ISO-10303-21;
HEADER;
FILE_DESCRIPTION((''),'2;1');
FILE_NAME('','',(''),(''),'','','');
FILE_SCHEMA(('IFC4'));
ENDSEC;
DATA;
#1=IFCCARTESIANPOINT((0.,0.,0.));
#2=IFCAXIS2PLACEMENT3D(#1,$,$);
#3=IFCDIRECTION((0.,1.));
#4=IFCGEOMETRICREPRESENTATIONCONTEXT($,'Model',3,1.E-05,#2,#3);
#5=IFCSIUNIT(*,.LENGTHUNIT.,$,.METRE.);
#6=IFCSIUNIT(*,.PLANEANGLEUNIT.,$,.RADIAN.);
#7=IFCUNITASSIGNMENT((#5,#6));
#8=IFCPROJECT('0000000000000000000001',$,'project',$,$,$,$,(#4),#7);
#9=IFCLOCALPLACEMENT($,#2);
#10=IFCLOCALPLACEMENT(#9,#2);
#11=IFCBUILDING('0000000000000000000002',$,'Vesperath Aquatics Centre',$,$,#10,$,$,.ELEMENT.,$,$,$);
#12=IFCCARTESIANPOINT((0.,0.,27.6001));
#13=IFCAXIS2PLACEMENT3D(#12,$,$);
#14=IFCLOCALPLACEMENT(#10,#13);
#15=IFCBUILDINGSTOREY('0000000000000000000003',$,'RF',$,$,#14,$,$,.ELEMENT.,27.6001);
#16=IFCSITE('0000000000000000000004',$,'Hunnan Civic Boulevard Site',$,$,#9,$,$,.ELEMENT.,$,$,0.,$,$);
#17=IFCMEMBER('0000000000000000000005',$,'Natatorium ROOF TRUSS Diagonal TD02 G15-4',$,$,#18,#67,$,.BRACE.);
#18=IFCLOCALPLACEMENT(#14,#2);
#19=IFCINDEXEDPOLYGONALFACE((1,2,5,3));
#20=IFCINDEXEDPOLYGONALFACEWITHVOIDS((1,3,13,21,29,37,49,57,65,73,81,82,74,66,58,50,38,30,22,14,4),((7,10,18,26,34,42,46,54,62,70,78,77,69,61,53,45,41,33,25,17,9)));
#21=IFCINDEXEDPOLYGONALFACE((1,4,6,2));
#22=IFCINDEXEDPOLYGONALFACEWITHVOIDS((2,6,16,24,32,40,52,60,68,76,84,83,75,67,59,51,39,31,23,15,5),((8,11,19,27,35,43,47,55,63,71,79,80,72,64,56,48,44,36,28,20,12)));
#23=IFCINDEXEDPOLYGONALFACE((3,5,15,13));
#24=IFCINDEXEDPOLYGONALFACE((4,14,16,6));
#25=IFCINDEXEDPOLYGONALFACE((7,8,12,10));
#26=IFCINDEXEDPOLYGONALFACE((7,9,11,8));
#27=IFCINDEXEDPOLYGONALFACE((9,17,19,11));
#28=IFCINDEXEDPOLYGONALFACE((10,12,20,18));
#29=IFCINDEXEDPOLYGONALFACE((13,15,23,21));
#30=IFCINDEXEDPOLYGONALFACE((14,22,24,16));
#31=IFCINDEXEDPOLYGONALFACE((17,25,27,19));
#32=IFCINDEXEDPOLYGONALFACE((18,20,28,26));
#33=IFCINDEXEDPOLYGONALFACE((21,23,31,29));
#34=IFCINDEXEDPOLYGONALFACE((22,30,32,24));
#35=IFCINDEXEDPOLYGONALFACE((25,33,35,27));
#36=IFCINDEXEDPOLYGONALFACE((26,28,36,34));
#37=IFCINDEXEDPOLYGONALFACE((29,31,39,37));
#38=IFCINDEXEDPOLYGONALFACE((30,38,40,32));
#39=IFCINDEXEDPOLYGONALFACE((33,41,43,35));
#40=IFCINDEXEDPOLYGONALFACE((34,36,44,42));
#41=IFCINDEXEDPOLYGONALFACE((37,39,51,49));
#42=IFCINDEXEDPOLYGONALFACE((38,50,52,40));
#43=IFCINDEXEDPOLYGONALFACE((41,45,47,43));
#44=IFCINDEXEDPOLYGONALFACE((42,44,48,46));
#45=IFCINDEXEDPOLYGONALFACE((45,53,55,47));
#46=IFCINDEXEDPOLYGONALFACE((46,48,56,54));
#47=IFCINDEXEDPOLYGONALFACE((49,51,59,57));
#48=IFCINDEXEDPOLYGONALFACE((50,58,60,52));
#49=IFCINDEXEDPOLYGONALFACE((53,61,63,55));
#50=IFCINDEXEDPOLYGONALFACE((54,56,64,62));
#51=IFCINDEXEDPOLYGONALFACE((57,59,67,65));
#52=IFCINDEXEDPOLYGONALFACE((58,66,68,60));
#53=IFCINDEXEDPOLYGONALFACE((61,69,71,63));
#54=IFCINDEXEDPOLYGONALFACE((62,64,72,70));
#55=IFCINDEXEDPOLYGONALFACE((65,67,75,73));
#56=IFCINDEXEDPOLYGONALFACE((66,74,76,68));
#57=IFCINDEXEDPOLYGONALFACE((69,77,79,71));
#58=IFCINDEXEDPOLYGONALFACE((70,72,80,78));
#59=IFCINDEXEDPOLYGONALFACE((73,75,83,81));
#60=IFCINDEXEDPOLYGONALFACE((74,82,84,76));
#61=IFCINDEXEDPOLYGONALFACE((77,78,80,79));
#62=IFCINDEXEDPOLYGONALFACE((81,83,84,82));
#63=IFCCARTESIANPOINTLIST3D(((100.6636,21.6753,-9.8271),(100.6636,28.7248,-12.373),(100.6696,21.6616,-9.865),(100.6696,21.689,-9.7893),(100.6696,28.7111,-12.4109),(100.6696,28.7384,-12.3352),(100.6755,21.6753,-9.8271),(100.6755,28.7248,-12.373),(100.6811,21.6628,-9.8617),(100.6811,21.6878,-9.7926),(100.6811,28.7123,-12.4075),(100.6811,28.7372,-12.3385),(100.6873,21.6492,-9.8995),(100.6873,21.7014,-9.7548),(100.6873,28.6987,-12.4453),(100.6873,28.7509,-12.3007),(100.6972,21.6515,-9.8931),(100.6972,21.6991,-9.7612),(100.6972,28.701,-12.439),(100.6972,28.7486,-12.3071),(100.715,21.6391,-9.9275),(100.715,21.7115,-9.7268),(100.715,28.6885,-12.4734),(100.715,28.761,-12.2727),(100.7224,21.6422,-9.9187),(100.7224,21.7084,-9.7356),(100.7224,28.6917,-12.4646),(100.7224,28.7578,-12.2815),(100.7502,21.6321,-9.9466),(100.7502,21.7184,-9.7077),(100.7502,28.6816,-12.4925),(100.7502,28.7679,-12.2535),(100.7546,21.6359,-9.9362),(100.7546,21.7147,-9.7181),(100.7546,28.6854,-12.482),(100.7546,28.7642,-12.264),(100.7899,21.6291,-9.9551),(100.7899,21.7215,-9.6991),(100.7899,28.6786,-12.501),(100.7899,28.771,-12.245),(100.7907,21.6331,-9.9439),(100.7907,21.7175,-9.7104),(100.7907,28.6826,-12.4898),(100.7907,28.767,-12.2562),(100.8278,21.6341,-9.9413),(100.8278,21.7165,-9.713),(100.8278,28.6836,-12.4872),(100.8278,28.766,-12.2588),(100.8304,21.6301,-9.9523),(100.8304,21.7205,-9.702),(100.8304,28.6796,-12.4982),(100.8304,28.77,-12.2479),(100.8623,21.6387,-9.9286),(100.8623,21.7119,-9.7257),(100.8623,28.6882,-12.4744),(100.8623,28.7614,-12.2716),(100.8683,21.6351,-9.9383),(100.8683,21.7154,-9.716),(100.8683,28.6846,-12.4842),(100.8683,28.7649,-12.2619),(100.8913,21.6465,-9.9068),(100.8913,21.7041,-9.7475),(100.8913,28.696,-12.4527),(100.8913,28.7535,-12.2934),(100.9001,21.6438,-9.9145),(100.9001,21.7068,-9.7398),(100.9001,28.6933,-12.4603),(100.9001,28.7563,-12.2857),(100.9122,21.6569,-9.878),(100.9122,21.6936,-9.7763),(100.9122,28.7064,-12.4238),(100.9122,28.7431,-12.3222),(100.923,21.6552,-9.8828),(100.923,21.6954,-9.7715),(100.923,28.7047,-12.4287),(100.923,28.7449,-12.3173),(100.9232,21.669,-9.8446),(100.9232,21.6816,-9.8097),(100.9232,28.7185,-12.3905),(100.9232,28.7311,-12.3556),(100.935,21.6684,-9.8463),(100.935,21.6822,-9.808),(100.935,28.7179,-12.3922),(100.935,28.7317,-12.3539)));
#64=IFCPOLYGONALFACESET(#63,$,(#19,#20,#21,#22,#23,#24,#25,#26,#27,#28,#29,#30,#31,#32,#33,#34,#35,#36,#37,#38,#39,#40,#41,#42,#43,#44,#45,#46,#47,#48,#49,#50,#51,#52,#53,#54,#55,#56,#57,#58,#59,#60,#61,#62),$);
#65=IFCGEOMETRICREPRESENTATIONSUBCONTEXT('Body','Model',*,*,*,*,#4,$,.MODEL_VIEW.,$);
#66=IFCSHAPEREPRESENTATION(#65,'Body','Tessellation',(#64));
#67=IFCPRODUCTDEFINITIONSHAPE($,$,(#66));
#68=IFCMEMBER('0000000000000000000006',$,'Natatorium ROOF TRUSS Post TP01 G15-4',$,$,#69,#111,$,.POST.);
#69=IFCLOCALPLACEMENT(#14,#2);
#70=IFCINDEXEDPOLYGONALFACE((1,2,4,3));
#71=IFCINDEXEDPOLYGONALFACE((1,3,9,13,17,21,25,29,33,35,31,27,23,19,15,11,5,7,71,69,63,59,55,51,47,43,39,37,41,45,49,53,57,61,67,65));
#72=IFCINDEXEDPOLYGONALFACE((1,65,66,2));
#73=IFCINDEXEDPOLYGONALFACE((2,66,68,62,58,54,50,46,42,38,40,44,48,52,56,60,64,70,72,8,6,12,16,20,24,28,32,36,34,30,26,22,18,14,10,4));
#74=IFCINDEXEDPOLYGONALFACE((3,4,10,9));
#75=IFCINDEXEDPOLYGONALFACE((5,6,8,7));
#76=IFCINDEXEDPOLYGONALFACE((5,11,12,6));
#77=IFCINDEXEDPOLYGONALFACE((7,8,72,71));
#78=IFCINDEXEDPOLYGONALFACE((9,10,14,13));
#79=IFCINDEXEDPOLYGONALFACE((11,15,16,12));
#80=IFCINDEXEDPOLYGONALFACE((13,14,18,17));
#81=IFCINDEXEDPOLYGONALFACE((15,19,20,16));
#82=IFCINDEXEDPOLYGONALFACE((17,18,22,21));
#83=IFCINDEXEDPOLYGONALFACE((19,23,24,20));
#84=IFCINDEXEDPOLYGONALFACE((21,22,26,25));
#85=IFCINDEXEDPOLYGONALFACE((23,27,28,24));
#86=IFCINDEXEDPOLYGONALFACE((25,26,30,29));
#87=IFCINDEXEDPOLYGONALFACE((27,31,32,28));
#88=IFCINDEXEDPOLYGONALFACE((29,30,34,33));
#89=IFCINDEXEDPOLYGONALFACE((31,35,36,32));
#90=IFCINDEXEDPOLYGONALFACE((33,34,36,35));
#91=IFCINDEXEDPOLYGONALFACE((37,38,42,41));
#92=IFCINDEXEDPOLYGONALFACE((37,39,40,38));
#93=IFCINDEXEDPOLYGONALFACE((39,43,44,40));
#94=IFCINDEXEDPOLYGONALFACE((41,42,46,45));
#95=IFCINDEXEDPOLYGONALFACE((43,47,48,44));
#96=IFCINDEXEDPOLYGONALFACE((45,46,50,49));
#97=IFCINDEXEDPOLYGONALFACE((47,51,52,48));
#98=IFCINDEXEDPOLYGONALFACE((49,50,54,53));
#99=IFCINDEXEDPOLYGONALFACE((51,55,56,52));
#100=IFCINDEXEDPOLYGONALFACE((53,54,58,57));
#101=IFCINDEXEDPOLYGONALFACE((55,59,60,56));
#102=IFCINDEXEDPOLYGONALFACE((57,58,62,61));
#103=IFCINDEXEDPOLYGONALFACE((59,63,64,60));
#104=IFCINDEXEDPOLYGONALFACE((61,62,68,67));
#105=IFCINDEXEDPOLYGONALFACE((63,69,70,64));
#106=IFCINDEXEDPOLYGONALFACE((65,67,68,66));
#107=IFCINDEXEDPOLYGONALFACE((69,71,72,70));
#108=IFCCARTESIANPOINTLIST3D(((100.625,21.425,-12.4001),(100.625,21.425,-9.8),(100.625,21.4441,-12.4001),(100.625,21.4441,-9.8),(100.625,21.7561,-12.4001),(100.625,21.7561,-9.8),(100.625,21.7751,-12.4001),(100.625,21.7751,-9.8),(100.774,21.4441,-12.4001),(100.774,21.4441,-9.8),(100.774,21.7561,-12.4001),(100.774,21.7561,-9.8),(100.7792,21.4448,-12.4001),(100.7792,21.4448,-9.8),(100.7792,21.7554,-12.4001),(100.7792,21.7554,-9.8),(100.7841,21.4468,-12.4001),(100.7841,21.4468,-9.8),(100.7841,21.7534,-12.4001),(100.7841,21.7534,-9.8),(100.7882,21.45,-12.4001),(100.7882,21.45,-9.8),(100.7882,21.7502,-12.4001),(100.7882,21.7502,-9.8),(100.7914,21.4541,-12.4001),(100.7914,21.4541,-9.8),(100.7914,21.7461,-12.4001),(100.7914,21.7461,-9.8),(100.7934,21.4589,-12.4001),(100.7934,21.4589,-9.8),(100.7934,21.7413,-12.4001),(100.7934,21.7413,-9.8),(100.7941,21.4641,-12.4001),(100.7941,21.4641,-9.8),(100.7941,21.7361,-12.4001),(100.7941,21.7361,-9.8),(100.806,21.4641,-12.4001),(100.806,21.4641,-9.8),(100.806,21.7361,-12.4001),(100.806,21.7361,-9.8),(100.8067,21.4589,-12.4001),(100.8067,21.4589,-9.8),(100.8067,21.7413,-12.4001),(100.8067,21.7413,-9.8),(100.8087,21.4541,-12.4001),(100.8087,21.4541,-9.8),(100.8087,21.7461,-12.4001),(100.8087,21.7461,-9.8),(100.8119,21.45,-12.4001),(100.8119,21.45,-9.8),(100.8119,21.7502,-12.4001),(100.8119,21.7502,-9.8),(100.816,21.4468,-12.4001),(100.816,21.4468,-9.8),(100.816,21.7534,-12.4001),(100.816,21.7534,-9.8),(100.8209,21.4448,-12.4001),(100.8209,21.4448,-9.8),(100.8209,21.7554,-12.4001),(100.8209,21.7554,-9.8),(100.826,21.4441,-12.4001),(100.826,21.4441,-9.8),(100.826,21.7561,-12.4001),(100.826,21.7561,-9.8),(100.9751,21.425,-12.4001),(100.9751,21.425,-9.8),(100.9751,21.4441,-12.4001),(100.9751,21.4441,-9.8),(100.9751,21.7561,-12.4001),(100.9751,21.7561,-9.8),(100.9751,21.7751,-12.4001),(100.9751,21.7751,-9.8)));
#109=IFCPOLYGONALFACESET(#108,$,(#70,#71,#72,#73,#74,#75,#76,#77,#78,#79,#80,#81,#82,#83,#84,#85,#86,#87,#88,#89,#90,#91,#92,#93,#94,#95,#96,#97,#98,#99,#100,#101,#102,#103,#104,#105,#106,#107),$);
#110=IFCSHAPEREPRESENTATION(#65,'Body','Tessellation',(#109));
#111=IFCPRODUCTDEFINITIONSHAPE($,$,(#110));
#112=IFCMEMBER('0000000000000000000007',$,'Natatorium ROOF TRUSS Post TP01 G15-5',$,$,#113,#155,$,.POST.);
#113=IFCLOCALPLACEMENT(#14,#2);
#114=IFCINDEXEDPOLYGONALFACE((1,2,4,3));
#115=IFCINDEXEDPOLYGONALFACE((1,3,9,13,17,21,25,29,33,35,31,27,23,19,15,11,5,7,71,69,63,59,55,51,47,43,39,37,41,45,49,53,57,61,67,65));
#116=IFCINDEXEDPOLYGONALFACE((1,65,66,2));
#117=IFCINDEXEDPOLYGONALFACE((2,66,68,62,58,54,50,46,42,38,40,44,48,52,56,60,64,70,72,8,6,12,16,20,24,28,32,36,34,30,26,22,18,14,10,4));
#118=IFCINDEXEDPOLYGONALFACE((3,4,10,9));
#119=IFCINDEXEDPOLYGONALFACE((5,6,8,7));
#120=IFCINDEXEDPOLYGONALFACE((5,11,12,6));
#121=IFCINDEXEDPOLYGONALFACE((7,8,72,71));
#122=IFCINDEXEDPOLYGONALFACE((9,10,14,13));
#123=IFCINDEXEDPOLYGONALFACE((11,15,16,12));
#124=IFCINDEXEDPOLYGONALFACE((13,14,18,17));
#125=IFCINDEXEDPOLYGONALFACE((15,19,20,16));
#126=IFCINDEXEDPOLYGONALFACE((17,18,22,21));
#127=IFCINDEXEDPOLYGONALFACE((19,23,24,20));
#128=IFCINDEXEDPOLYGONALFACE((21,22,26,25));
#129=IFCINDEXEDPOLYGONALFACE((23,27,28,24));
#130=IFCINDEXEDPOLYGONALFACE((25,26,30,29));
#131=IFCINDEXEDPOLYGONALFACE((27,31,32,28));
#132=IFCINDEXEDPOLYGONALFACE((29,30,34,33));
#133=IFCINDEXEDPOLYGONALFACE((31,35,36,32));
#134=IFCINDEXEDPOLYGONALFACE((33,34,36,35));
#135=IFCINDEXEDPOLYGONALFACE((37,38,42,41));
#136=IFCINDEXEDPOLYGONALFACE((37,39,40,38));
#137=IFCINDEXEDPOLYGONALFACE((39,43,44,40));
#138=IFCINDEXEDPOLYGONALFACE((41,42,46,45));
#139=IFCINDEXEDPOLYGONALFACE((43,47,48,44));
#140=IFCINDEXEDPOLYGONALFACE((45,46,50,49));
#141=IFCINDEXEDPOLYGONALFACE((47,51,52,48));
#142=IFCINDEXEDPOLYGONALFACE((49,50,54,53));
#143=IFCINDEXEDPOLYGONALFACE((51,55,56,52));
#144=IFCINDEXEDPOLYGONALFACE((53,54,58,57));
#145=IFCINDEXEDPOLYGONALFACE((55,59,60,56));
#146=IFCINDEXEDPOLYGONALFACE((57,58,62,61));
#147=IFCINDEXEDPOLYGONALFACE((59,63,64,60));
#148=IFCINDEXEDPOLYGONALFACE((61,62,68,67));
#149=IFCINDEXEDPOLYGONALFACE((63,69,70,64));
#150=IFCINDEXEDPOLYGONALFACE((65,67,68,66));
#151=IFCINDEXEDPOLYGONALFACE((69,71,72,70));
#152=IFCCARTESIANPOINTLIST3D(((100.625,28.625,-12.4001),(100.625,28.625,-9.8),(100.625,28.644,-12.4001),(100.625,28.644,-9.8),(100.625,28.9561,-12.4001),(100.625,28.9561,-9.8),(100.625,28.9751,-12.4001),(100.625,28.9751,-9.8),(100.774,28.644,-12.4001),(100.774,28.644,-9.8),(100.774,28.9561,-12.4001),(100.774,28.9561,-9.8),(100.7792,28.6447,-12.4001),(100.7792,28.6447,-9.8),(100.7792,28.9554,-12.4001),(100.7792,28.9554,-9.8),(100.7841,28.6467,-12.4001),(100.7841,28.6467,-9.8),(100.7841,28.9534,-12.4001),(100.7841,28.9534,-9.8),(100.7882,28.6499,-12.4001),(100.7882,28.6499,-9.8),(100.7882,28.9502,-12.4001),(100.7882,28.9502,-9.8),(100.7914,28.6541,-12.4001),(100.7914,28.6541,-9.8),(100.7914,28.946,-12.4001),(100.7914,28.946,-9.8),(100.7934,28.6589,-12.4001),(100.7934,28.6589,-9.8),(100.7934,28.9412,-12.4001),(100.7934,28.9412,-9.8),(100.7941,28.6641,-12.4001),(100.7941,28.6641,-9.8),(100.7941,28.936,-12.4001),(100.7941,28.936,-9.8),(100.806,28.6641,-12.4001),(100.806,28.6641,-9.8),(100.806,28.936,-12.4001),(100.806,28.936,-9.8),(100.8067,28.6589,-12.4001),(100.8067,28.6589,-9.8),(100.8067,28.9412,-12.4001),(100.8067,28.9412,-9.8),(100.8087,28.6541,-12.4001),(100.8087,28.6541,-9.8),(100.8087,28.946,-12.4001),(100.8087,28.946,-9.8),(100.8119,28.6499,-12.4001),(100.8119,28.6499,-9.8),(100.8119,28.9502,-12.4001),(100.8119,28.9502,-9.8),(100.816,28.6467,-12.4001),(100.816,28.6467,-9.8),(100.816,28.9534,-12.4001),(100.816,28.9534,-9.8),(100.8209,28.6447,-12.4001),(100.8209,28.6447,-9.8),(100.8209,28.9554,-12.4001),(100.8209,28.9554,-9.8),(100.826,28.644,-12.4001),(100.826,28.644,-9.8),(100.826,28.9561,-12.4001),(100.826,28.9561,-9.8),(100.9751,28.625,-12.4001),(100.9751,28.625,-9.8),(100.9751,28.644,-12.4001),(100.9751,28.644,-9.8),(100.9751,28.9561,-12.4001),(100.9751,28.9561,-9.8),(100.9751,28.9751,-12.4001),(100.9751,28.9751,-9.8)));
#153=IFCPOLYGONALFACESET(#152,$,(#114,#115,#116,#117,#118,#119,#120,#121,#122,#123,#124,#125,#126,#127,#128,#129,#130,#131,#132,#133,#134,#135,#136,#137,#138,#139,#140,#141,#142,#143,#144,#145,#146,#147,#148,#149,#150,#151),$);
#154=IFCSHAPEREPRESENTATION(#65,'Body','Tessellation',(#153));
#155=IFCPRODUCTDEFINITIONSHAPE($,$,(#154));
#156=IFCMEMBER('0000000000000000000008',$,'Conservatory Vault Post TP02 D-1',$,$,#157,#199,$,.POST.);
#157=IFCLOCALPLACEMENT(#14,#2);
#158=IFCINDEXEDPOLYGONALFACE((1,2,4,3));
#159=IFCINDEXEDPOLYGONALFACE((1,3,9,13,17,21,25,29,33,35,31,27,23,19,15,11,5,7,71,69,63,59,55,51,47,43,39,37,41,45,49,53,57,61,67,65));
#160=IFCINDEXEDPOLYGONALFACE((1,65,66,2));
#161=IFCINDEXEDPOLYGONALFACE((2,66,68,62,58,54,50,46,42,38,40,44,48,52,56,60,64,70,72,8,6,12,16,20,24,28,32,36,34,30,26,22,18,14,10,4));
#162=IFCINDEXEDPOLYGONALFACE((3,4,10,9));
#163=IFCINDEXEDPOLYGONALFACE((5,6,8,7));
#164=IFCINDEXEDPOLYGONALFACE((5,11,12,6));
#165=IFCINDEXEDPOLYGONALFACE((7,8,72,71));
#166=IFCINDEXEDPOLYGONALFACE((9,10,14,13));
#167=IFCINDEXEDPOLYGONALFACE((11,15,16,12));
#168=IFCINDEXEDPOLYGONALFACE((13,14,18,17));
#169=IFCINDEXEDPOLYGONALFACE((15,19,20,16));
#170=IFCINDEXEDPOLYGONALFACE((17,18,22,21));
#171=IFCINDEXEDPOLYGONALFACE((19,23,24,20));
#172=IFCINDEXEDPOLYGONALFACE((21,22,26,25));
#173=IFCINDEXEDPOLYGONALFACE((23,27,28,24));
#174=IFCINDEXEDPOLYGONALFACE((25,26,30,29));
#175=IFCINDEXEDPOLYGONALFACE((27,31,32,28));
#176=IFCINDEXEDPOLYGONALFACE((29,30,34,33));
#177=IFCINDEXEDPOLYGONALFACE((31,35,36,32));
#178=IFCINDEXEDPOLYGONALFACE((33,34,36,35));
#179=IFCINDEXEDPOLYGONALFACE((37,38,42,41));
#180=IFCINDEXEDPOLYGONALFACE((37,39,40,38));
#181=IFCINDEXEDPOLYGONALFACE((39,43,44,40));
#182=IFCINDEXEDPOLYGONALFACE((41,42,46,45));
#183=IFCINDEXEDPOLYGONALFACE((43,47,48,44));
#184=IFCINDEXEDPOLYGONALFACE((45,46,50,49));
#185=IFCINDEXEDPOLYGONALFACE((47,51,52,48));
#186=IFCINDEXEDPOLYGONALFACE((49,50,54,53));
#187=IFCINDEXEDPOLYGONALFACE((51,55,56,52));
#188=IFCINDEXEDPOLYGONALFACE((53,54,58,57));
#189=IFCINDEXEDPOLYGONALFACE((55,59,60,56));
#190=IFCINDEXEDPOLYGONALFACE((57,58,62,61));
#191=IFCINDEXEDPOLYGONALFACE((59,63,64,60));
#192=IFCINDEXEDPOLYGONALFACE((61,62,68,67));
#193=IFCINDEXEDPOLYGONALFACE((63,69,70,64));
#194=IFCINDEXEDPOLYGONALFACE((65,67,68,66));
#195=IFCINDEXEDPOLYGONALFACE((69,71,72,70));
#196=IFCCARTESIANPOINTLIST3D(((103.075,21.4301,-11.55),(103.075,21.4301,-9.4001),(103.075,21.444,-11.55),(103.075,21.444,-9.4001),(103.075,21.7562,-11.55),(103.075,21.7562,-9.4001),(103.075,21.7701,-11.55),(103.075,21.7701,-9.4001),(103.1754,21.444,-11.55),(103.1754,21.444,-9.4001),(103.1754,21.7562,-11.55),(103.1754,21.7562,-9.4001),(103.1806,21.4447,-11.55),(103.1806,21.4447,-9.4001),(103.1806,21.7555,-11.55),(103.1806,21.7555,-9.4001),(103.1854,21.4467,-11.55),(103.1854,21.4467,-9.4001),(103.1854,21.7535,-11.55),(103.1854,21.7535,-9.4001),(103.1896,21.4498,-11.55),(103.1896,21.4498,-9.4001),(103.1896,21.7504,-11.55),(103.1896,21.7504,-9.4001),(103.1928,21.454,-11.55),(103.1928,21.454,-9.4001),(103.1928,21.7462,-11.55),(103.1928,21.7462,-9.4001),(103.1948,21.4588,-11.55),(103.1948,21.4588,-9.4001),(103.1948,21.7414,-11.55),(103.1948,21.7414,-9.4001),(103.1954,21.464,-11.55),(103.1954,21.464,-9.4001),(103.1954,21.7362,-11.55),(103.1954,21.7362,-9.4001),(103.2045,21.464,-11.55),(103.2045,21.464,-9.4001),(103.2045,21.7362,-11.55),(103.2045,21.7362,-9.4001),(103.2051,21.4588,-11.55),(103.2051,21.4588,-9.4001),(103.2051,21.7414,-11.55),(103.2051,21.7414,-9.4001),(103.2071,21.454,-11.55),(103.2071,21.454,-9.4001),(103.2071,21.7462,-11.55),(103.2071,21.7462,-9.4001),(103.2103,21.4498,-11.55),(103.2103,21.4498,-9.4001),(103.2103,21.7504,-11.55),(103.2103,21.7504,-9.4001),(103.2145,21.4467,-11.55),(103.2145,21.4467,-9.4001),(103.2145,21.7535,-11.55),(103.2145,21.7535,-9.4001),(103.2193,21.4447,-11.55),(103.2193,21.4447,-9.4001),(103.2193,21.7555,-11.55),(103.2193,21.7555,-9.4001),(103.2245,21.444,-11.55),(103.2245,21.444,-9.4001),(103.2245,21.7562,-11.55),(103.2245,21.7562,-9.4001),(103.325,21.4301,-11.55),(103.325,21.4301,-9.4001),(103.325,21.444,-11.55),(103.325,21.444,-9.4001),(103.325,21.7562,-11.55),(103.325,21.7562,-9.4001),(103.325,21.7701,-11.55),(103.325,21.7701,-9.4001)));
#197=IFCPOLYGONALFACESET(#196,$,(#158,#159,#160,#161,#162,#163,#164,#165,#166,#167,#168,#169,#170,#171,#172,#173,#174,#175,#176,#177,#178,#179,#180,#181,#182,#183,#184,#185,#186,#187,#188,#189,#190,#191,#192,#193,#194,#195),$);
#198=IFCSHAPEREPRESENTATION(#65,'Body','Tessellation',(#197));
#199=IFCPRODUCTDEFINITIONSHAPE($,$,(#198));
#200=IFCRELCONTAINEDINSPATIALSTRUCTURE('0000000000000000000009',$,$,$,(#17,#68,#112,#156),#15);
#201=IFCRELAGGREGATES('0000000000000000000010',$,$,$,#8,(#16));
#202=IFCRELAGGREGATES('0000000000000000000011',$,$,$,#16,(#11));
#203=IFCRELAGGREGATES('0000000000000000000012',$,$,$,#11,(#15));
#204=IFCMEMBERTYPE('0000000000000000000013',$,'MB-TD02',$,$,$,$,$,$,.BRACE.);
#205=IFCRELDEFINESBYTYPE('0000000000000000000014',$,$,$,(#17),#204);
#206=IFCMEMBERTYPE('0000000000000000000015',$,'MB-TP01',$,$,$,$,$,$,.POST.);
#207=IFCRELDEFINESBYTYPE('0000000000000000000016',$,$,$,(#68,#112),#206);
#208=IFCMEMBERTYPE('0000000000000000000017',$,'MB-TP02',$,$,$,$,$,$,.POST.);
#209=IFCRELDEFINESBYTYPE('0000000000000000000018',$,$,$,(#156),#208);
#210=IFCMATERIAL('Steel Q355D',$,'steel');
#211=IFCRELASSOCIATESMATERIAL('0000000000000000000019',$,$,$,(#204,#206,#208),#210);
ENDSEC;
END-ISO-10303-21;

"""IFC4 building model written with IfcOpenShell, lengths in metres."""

from ifc_helpers import new_model, si_unit, direction, frame, origin, origin_2d, place, context, subcontext, project, spatial, hollow_circle, i_section, extrude, material, material_profile, profile_set, type_object, element, save


model = new_model("IFC4")

# Units and contexts
model_context = context("Model", 3, precision=1e-05, world=origin(), true_north=direction((0.0, 1.0)))
body_context = subcontext(model_context, "Body", "Model", "MODEL_VIEW")
ifc_project = project(units=[si_unit("LENGTHUNIT", "METRE"), si_unit("PLANEANGLEUNIT", "RADIAN")], contexts=[model_context])

# Site, building, storey
site_placement = place(None, origin())
site = spatial("IfcSite", under=ifc_project, at=site_placement, Name="Hunnan Civic Boulevard Site", CompositionType="ELEMENT", RefElevation=0.0)
building_placement = place(site_placement, origin())
building = spatial("IfcBuilding", under=site, at=building_placement, Name="Vesperath Aquatics Centre", CompositionType="ELEMENT")
storey_placement = place(building_placement, frame((0.0, 0.0, 27.6001)))
storey = spatial("IfcBuildingStorey", under=building, at=storey_placement, Name="RF", CompositionType="ELEMENT", Elevation=27.6001)

# Shared definitions
ifc_material_1 = material(Name="Steel Q355D", Category="steel")

# Members
ifc_material_profile_1 = material_profile(ifc_material_1, hollow_circle(Radius=0.1365, WallThickness=0.012, at=origin_2d()), Name="CHS 273.0x12")
ifc_profile_set_1 = profile_set([ifc_material_profile_1], Name="Steel Q355D")
member_type_1 = type_object("IfcMemberType", Name="MB-TD02", PredefinedType="BRACE", material=ifc_profile_set_1)
member_1_placement = place(storey_placement, frame((100.8, 21.6753, -9.8271), z_axis=(0.0, 0.940544, -0.339671), x_axis=(-1.0, 0.0, 0.0)))
element("IfcMember", 1, at=member_1_placement, inside=storey, type_object=member_type_1, Name="Natatorium ROOF TRUSS Diagonal TD02 G15-4", PredefinedType="BRACE", context=body_context, shape_type="SweptSolid", body=[
    extrude(hollow_circle(Radius=0.1365, WallThickness=0.012, at=origin_2d()), origin(), (0.0, 0.0, 1.0), 7.4951),
])
ifc_material_profile_2 = material_profile(ifc_material_1, i_section(OverallWidth=0.3501, OverallDepth=0.3501, WebThickness=0.012, FlangeThickness=0.019, FilletRadius=0.02, at=origin_2d()), Name="HW 350x350x12x19")
ifc_profile_set_2 = profile_set([ifc_material_profile_2], Name="Steel Q355D")
member_type_2 = type_object("IfcMemberType", Name="MB-TP01", PredefinedType="POST", material=ifc_profile_set_2)
for number, where, z_axis, x_axis, name in (
    (2, (100.8, 21.6001, -12.4001), (0.0, 0.0, 1.0), (1.0, 0.0, 0.0), "Natatorium ROOF TRUSS Post TP01 G15-4"),
    (3, (100.8, 28.8, -12.4001), (0.0, 0.0, 1.0), (1.0, 0.0, 0.0), "Natatorium ROOF TRUSS Post TP01 G15-5"),
):
    element("IfcMember", number, at=place(storey_placement, frame(where, z_axis=z_axis, x_axis=x_axis)), inside=storey, type_object=member_type_2, Name=name, PredefinedType="POST", context=body_context, shape_type="SweptSolid", body=[
        extrude(i_section(OverallWidth=0.3501, OverallDepth=0.3501, WebThickness=0.012, FlangeThickness=0.019, FilletRadius=0.02, at=origin_2d()), origin(), (0.0, 0.0, 1.0), 2.6001),
    ])
ifc_material_profile_3 = material_profile(ifc_material_1, i_section(OverallWidth=0.25, OverallDepth=0.3401, WebThickness=0.009, FlangeThickness=0.0139, FilletRadius=0.02, at=origin_2d()), Name="HM 340x250x9x14")
ifc_profile_set_3 = profile_set([ifc_material_profile_3], Name="Steel Q355D")
member_type_3 = type_object("IfcMemberType", Name="MB-TP02", PredefinedType="POST", material=ifc_profile_set_3)
for number, where, z_axis, x_axis, name in (
    (4, (103.2, 21.6001, -11.55), (0.0, 0.0, 1.0), (1.0, 0.0, 0.0), "Conservatory Vault Post TP02 D-1"),
):
    element("IfcMember", number, at=place(storey_placement, frame(where, z_axis=z_axis, x_axis=x_axis)), inside=storey, type_object=member_type_3, Name=name, PredefinedType="POST", context=body_context, shape_type="SweptSolid", body=[
        extrude(i_section(OverallWidth=0.25, OverallDepth=0.3401, WebThickness=0.009, FlangeThickness=0.0139, FilletRadius=0.02, at=origin_2d()), origin(), (0.0, 0.0, 1.0), 2.1499),
    ])

save(model, "model.ifc")
